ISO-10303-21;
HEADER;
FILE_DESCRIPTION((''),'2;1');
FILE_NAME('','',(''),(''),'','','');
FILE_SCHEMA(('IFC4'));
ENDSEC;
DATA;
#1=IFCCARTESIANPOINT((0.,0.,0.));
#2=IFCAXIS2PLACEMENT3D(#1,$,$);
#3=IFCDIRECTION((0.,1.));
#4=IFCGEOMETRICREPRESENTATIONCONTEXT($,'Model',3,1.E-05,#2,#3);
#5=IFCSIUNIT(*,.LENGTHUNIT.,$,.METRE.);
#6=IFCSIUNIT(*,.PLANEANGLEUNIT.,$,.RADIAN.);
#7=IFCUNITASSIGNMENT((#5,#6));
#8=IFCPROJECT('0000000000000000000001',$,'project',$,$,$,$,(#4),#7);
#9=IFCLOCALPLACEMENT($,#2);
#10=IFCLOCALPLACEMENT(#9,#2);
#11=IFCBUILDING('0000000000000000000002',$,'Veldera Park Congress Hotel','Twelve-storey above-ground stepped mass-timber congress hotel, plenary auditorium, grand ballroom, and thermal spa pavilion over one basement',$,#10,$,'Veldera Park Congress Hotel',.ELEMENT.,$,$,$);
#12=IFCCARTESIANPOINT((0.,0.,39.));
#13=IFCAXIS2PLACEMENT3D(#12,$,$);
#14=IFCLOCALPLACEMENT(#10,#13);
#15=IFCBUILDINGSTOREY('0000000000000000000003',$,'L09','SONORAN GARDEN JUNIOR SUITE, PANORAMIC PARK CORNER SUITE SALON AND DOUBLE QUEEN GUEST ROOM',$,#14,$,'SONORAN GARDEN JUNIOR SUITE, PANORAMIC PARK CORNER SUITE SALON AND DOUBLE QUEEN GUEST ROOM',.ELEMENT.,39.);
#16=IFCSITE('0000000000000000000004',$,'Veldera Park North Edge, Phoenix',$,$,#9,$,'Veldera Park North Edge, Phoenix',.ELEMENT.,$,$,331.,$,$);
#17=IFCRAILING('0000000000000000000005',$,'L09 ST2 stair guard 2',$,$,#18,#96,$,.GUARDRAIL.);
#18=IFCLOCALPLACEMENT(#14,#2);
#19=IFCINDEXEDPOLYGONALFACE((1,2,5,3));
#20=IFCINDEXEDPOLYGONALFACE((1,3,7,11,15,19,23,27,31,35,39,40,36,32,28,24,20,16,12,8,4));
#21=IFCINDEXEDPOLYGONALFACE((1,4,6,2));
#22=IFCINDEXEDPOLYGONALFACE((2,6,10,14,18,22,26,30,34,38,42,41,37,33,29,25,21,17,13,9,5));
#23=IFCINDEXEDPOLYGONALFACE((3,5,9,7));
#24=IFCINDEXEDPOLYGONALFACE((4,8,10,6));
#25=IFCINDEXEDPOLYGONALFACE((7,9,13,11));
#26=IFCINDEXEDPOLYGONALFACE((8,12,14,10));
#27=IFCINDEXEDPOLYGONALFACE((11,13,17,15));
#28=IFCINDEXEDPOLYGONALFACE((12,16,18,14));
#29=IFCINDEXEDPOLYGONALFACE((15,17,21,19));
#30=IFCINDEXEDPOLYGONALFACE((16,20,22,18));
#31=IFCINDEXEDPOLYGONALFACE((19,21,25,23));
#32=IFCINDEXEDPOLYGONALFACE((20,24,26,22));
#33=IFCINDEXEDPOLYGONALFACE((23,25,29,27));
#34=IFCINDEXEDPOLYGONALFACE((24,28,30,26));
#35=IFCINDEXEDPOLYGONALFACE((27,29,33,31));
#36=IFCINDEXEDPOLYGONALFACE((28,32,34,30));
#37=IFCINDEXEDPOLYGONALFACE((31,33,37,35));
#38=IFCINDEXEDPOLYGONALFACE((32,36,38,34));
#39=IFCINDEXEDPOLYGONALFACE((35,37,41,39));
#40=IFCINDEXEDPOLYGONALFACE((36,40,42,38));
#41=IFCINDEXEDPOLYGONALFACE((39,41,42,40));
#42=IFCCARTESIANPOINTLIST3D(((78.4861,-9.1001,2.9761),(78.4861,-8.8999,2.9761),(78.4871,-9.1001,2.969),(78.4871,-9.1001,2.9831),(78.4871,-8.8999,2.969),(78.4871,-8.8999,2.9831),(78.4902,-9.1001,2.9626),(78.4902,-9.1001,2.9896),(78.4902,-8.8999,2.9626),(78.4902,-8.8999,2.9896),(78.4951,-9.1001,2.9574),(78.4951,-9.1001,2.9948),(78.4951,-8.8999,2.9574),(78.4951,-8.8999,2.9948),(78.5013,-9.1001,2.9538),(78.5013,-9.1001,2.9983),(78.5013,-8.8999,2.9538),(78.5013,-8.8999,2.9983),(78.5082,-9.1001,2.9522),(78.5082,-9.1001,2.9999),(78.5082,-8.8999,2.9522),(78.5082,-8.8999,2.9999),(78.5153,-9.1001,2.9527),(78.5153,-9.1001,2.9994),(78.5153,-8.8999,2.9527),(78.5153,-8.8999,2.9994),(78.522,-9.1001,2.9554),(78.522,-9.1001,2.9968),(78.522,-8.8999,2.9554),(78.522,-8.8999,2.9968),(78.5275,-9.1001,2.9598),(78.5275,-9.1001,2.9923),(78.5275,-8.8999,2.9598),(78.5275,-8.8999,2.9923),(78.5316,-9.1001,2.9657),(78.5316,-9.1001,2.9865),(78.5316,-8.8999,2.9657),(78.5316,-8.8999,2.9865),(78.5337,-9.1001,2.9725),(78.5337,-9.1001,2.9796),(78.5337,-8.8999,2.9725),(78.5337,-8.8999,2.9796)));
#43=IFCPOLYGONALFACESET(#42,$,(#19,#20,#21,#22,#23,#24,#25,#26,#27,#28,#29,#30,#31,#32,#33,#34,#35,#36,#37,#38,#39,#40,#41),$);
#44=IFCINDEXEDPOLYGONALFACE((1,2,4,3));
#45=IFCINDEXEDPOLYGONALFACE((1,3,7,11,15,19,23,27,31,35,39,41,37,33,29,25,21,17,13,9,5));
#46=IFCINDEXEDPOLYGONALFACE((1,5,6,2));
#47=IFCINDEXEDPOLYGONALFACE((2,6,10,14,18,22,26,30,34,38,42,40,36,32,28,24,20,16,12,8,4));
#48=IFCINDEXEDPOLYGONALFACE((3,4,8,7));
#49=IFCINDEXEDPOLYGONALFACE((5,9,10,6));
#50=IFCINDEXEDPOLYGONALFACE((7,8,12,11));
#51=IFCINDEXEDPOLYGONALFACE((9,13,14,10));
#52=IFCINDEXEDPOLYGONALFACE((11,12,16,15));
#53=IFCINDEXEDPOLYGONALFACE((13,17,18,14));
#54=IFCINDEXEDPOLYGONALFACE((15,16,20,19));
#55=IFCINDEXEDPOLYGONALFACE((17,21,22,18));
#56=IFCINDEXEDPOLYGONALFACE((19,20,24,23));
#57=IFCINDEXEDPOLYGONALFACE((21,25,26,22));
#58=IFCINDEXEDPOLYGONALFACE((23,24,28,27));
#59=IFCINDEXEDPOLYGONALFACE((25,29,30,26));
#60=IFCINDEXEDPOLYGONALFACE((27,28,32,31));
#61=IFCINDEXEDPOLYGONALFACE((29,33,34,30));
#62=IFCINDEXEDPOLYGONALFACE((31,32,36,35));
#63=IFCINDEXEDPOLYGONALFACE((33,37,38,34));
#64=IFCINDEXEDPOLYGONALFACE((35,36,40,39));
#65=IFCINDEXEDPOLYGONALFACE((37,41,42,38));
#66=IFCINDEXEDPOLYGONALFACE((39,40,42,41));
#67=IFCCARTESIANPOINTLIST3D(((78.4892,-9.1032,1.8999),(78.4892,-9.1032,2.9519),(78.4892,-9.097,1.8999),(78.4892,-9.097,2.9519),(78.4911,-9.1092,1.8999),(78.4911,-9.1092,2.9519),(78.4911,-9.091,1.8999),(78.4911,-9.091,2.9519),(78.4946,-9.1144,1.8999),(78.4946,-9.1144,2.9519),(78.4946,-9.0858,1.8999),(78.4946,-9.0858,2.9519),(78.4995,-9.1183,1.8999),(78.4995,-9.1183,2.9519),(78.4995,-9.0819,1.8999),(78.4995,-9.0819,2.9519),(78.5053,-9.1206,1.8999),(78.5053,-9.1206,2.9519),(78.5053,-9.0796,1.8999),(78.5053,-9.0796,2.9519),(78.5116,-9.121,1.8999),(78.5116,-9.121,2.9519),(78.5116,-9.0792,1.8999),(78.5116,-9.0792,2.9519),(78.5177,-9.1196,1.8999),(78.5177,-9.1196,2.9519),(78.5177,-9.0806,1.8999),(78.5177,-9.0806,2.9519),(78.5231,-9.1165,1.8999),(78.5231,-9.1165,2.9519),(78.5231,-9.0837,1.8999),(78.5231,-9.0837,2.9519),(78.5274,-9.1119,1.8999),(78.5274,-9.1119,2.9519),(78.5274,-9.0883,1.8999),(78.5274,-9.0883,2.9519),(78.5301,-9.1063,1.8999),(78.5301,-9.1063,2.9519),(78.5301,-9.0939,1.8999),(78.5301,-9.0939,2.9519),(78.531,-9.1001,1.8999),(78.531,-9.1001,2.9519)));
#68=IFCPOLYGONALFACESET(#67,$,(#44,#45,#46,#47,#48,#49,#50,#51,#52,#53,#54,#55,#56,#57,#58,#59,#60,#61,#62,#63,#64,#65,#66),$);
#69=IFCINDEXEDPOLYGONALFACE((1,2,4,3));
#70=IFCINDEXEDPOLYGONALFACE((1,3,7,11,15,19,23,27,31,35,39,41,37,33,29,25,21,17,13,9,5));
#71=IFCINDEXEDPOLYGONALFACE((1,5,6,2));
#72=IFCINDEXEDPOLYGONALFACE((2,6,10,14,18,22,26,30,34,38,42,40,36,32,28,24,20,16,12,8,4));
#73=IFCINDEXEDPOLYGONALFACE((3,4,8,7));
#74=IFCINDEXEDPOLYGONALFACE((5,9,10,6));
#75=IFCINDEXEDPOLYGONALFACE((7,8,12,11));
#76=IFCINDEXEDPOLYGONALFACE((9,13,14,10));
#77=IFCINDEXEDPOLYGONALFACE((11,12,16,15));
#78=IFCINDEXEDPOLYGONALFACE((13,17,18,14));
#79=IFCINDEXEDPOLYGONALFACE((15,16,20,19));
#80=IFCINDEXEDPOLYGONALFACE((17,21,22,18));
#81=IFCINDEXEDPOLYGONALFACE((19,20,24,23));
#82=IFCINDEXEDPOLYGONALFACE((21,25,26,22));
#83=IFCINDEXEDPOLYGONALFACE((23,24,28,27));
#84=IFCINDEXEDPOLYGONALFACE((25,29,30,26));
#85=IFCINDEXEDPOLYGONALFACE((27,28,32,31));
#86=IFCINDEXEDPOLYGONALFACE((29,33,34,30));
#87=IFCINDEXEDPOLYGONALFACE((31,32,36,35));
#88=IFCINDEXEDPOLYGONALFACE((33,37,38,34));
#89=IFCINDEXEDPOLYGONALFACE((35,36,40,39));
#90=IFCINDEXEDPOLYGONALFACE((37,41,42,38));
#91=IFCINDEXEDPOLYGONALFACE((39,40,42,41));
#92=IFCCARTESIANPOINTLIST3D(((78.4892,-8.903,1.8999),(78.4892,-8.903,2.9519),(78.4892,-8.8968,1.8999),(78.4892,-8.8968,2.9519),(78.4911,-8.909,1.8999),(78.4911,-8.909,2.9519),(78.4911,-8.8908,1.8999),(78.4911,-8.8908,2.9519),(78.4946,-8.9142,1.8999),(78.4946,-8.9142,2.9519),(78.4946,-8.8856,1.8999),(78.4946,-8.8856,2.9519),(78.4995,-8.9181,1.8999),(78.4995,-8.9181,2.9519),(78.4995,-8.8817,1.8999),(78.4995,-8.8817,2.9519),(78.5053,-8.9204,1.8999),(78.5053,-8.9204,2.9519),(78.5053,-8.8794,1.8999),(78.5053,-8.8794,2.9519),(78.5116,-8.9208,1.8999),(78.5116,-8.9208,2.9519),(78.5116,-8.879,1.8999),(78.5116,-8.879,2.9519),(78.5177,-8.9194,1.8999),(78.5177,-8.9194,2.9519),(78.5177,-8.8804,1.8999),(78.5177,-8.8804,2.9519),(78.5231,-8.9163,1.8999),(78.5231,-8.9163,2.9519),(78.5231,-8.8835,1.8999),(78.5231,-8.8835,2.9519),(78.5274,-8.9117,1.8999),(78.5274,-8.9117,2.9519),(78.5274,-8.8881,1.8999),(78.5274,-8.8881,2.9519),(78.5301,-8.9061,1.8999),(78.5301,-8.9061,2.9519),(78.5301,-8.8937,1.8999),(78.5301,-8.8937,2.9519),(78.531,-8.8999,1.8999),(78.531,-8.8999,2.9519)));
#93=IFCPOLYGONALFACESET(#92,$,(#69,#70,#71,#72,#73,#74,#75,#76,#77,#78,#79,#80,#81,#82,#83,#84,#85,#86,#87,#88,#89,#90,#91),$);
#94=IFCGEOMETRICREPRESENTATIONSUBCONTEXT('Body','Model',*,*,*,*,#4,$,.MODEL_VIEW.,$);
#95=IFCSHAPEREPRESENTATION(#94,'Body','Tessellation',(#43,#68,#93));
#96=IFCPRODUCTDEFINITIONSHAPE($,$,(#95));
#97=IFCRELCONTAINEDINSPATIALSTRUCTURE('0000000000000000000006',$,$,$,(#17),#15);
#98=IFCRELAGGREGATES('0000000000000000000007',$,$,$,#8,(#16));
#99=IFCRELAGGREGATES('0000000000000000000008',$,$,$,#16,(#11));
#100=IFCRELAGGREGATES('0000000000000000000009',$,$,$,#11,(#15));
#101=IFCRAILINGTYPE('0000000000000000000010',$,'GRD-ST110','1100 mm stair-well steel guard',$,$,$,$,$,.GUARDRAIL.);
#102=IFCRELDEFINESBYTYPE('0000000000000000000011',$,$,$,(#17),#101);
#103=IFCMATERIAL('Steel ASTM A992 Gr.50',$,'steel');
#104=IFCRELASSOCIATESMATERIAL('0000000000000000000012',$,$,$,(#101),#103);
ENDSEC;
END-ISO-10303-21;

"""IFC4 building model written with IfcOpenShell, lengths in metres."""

from ifc_helpers import new_model, si_unit, direction, frame, origin, origin_2d, place, context, subcontext, project, spatial, circle, extrude, material, type_object, element, save


model = new_model("IFC4")

# Units and contexts
model_context = context("Model", 3, precision=1e-05, world=origin(), true_north=direction((0.0, 1.0)))
body_context = subcontext(model_context, "Body", "Model", "MODEL_VIEW")
ifc_project = project(units=[si_unit("LENGTHUNIT", "METRE"), si_unit("PLANEANGLEUNIT", "RADIAN")], contexts=[model_context])

# Site, building, storey
site_placement = place(None, origin())
site = spatial("IfcSite", under=ifc_project, at=site_placement, Name="Veldera Park North Edge, Phoenix", LongName="Veldera Park North Edge, Phoenix", CompositionType="ELEMENT", RefElevation=331.0)
building_placement = place(site_placement, origin())
building = spatial("IfcBuilding", under=site, at=building_placement, Name="Veldera Park Congress Hotel", Description="Twelve-storey above-ground stepped mass-timber congress hotel, plenary auditorium, grand ballroom, and thermal spa pavilion over one basement", LongName="Veldera Park Congress Hotel", CompositionType="ELEMENT")
storey_placement = place(building_placement, frame((0.0, 0.0, 39.0)))
storey = spatial("IfcBuildingStorey", under=building, at=storey_placement, Name="L09", Description="SONORAN GARDEN JUNIOR SUITE, PANORAMIC PARK CORNER SUITE SALON AND DOUBLE QUEEN GUEST ROOM", LongName="SONORAN GARDEN JUNIOR SUITE, PANORAMIC PARK CORNER SUITE SALON AND DOUBLE QUEEN GUEST ROOM", CompositionType="ELEMENT", Elevation=39.0)

# Railing
ifc_material_1 = material(Name="Steel ASTM A992 Gr.50", Category="steel")
railing_type_1 = type_object("IfcRailingType", Name="GRD-ST110", Description="1100 mm stair-well steel guard", PredefinedType="GUARDRAIL", material=ifc_material_1)
railing_1_placement = place(storey_placement, frame((78.51, -9.1001, 1.8999)))
element("IfcRailing", 1, at=railing_1_placement, inside=storey, type_object=railing_type_1, Name="L09 ST2 stair guard 2", PredefinedType="GUARDRAIL", context=body_context, shape_type="SweptSolid", body=[
    extrude(circle(Radius=0.0239, at=origin_2d()), frame((0.0, 0.0, 1.0762), z_axis=(0.0, 1.0, 0.0), x_axis=(-1.0, 0.0, 0.0)), (0.0, 0.0, 1.0), 0.2002),
    extrude(circle(Radius=0.021, at=origin_2d()), origin(), (0.0, 0.0, 1.0), 1.052),
    extrude(circle(Radius=0.021, at=origin_2d()), frame((0.0, 0.2002, 0.0)), (0.0, 0.0, 1.0), 1.052),
])

save(model, "model.ifc")
